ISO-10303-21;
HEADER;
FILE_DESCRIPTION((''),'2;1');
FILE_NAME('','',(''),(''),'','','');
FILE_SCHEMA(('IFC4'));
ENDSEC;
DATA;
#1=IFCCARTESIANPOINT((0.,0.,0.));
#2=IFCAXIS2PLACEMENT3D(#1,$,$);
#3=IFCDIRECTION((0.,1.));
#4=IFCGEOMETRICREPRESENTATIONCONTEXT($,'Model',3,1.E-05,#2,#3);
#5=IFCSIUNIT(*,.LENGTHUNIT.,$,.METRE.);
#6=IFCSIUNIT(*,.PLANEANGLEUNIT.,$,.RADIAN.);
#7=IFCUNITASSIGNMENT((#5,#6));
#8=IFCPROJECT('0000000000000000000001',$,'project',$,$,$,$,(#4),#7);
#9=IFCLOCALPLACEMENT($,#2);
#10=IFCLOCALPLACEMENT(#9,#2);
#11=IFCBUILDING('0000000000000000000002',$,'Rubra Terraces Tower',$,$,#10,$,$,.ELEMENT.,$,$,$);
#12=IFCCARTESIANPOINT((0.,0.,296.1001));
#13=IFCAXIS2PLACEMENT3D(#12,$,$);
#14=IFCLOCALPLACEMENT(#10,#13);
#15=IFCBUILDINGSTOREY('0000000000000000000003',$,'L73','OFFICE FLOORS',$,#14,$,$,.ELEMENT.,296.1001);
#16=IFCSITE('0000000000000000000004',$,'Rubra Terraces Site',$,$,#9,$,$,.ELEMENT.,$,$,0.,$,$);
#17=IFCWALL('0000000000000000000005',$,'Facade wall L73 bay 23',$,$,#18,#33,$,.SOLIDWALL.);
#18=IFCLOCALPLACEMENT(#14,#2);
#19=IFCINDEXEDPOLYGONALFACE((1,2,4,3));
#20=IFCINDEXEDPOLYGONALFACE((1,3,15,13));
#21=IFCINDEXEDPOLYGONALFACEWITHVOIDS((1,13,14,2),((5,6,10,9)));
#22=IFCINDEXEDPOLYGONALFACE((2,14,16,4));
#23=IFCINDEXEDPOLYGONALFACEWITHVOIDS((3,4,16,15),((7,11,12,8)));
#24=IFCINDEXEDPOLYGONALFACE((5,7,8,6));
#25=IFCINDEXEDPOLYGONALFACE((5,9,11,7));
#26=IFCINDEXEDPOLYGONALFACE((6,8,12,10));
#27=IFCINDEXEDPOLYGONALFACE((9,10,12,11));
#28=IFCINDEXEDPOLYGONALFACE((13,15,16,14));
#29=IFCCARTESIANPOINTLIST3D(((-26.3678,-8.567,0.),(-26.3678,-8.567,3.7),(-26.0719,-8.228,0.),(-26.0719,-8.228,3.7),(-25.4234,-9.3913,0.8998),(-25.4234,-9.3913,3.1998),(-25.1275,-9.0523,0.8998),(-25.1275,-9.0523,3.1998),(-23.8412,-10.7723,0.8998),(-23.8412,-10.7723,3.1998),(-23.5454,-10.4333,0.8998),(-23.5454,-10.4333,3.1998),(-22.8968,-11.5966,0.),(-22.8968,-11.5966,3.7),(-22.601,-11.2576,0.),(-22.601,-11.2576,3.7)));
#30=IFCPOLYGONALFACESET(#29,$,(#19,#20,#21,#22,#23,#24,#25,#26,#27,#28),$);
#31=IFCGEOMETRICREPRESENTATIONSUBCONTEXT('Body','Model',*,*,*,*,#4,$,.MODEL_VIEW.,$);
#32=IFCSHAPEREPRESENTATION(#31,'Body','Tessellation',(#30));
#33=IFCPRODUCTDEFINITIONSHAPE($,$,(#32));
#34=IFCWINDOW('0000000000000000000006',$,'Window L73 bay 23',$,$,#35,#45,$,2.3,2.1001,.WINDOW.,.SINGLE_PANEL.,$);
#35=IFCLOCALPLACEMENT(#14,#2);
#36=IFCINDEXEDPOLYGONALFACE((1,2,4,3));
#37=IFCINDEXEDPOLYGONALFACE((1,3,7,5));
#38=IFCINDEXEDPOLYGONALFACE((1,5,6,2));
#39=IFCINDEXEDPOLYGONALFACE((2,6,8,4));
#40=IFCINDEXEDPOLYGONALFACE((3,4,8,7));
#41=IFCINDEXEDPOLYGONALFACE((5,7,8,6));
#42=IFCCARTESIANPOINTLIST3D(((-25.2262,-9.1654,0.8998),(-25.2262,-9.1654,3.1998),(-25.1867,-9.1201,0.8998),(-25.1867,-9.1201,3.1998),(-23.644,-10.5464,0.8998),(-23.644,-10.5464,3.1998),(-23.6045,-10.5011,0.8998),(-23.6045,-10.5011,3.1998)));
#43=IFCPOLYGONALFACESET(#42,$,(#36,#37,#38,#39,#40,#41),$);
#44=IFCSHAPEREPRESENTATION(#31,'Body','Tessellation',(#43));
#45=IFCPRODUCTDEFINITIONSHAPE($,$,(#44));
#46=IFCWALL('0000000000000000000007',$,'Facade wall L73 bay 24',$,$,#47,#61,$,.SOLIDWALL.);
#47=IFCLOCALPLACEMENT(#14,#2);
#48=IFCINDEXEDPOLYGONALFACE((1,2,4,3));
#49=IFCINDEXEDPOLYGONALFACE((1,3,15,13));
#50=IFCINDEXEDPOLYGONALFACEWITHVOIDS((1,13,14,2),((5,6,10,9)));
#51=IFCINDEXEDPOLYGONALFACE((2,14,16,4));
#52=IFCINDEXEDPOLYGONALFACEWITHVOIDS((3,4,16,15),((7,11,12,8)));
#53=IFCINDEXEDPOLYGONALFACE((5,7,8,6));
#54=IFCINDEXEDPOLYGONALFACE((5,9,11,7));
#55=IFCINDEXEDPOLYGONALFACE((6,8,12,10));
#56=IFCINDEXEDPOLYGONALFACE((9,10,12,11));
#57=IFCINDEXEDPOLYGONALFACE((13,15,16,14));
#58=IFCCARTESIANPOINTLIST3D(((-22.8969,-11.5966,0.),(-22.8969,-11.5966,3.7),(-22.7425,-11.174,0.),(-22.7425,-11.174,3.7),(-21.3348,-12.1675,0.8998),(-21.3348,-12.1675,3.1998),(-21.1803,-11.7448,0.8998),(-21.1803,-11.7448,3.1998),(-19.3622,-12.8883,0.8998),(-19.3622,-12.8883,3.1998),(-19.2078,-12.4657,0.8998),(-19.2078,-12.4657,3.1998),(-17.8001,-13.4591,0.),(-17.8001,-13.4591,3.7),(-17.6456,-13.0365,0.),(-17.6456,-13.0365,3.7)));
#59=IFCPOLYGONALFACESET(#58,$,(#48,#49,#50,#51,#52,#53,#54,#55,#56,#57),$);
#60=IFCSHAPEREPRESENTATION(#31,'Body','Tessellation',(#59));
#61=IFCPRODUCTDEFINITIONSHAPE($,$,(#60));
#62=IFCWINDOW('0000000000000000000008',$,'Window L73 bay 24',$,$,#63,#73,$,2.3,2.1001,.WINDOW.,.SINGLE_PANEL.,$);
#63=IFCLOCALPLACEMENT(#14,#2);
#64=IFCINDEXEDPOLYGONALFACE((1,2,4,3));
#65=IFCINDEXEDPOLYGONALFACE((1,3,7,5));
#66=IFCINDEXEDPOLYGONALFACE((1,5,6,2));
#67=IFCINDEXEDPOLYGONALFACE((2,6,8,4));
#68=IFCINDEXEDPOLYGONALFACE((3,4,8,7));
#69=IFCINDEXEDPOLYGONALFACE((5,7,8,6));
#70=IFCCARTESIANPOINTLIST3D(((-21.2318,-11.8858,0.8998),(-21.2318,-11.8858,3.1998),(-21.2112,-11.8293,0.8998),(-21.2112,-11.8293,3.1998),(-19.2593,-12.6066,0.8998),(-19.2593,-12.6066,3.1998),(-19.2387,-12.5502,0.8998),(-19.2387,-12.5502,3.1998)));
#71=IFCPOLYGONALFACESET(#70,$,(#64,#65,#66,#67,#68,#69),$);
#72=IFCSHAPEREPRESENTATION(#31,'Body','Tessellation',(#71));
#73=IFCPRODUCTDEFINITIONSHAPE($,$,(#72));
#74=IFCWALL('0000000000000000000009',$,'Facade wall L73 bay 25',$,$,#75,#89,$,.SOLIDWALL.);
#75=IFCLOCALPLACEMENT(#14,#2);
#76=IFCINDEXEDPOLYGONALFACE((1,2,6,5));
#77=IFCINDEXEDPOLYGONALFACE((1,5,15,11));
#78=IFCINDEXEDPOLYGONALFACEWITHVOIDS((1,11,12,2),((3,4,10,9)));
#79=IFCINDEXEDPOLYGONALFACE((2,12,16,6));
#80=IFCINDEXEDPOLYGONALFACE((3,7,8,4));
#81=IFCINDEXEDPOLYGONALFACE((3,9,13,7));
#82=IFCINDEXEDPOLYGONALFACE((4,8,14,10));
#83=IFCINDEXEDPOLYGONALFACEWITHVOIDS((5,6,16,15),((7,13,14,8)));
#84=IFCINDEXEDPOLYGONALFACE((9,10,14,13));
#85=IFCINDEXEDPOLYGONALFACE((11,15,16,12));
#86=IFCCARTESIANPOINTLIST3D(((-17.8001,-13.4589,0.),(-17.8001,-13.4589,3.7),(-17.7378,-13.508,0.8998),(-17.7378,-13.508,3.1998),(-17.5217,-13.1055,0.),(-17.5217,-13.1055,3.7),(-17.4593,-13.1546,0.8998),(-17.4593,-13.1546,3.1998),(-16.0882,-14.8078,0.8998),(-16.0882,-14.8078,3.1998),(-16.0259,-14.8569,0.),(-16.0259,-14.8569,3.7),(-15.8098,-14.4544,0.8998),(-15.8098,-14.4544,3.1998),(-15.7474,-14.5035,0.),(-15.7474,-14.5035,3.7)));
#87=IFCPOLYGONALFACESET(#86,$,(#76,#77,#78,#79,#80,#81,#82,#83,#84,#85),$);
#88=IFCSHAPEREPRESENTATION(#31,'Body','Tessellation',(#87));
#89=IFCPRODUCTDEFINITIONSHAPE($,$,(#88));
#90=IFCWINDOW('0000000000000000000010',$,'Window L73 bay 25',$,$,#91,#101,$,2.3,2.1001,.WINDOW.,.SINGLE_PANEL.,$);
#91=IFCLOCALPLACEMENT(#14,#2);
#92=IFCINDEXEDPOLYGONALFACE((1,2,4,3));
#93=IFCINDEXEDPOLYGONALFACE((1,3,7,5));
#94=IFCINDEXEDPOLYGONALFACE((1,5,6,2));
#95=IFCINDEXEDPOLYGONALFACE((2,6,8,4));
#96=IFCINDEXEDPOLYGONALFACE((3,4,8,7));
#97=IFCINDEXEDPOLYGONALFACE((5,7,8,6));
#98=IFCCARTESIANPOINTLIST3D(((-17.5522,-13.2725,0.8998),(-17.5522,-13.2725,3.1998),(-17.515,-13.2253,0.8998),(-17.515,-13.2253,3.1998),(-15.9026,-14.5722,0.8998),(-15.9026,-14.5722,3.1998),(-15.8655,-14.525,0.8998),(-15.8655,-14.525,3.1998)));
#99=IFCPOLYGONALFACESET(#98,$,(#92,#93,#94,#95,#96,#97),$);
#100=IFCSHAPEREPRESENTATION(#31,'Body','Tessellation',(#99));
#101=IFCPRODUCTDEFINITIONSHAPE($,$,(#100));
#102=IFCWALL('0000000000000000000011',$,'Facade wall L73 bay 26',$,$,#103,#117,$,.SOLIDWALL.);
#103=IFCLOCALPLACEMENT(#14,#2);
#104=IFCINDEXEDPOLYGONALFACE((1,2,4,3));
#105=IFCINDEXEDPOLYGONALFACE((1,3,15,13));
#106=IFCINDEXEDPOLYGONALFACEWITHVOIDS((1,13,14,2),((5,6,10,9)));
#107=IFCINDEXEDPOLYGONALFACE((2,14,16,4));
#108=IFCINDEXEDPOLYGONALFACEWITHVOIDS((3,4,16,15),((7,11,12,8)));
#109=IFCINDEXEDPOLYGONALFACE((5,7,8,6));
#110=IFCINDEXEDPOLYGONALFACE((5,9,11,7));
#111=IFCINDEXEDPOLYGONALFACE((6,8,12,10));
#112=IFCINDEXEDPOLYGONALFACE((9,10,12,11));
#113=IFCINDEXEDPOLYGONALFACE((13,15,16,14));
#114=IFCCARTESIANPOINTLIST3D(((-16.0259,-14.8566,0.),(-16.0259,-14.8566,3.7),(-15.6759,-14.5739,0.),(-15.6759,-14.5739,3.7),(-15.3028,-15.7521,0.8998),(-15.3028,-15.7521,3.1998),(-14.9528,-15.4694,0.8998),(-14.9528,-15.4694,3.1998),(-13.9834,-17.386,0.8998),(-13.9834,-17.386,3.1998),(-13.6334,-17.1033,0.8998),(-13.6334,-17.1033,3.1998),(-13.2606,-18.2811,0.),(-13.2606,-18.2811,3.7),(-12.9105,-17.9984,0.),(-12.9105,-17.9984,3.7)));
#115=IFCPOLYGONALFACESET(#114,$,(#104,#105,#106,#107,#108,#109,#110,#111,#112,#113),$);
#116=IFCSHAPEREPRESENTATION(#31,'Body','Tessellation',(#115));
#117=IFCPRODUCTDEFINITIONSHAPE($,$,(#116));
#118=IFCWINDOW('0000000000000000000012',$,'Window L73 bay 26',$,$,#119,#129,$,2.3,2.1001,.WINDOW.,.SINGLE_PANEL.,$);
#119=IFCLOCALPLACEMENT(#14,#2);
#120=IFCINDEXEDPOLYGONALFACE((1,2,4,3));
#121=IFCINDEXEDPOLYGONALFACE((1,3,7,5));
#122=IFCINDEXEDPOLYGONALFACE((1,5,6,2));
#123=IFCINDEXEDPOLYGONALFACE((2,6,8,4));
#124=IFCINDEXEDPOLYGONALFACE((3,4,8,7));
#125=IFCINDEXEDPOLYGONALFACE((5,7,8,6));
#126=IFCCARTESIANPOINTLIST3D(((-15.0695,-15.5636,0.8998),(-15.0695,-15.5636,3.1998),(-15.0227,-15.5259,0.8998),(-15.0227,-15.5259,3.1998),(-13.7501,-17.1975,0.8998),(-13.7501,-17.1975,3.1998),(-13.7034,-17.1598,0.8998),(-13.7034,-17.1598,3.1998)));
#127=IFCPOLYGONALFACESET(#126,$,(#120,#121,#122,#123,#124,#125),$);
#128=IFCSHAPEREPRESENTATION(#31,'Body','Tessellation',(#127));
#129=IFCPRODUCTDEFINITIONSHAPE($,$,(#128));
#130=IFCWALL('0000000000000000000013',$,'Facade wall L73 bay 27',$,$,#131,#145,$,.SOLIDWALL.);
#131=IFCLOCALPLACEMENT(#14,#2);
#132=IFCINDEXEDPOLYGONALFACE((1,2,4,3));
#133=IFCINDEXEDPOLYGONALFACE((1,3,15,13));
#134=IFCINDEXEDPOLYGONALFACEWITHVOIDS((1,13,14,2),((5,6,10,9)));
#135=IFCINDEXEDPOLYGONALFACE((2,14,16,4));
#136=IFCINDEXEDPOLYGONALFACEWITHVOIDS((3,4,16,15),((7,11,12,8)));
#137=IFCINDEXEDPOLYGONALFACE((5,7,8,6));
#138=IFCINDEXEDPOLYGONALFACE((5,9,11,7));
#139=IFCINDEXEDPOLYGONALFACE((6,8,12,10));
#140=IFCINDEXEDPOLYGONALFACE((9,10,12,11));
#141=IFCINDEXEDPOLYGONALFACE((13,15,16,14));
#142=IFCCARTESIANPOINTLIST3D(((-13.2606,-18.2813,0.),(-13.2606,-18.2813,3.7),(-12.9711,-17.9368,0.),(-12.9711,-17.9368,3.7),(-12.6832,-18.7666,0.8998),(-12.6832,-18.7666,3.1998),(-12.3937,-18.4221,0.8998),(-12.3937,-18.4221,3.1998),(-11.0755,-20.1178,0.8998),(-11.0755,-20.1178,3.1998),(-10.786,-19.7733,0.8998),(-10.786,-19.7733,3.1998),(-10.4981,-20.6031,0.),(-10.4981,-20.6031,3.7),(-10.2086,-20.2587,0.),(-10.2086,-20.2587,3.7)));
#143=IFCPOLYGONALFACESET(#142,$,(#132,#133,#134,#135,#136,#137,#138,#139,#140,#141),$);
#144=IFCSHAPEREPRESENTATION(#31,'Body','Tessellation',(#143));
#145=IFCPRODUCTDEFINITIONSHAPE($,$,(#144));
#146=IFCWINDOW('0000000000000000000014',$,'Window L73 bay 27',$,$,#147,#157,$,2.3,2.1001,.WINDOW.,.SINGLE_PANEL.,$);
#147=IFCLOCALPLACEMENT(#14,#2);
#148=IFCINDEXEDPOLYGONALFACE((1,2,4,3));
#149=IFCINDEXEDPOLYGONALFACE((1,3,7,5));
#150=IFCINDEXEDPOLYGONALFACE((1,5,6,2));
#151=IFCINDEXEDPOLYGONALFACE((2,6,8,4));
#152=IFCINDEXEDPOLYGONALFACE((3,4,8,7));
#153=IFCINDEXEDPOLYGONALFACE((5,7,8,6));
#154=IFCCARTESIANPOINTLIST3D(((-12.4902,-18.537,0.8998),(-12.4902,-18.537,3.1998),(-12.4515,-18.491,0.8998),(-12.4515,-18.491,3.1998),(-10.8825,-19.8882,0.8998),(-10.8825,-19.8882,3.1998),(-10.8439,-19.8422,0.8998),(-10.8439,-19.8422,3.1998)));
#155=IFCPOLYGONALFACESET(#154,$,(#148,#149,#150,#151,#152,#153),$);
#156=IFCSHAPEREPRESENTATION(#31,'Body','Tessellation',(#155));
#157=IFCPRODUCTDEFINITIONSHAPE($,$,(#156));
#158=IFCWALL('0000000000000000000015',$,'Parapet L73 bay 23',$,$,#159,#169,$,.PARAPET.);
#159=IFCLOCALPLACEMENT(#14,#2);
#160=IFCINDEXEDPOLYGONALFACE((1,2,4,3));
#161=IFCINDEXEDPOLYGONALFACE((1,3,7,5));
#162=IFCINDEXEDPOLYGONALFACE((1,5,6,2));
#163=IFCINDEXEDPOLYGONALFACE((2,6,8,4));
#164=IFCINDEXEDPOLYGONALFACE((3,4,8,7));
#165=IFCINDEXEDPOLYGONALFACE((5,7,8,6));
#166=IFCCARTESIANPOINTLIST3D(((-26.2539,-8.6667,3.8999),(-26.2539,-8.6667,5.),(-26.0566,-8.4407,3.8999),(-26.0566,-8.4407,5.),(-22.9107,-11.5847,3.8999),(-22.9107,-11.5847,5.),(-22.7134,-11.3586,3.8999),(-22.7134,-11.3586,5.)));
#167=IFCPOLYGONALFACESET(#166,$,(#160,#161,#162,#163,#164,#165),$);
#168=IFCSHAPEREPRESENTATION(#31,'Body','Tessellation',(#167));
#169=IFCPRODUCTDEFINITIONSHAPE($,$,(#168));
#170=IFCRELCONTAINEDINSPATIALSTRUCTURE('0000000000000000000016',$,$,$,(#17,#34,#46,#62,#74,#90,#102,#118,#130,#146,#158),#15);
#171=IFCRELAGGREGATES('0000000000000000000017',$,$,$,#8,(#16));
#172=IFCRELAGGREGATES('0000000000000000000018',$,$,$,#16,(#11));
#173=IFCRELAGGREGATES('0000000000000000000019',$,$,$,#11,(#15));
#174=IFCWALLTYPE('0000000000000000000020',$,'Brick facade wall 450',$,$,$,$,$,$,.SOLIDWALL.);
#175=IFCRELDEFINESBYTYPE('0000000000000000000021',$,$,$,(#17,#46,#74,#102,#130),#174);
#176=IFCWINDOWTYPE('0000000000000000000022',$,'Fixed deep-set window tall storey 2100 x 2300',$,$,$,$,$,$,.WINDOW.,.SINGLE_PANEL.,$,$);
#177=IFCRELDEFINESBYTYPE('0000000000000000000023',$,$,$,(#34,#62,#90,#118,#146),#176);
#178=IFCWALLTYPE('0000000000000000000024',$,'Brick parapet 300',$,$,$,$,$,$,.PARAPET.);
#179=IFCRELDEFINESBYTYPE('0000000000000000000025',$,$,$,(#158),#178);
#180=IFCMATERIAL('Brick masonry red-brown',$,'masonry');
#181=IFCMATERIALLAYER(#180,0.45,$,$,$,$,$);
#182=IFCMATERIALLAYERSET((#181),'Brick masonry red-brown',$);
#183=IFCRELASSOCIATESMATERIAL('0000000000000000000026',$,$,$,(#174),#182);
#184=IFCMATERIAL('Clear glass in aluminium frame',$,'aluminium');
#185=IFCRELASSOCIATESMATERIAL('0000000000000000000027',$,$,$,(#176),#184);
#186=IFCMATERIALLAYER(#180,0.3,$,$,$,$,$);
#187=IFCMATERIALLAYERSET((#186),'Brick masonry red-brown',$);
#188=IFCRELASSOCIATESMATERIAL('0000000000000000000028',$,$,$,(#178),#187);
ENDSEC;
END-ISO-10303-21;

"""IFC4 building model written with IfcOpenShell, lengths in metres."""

from ifc_helpers import new_model, si_unit, direction, frame, frame_2d, origin, place, context, subcontext, project, spatial, rectangle, extrude, material, layer, layer_set, type_object, element, fill, save


model = new_model("IFC4")

# Units and contexts
model_context = context("Model", 3, precision=1e-05, world=origin(), true_north=direction((0.0, 1.0)))
body_context = subcontext(model_context, "Body", "Model", "MODEL_VIEW")
ifc_project = project(units=[si_unit("LENGTHUNIT", "METRE"), si_unit("PLANEANGLEUNIT", "RADIAN")], contexts=[model_context])

# Site, building, storey
site_placement = place(None, origin())
site = spatial("IfcSite", under=ifc_project, at=site_placement, Name="Rubra Terraces Site", CompositionType="ELEMENT", RefElevation=0.0)
building_placement = place(site_placement, origin())
building = spatial("IfcBuilding", under=site, at=building_placement, Name="Rubra Terraces Tower", CompositionType="ELEMENT")
storey_placement = place(building_placement, frame((0.0, 0.0, 296.1001)))
storey = spatial("IfcBuildingStorey", under=building, at=storey_placement, Name="L73", Description="OFFICE FLOORS", CompositionType="ELEMENT", Elevation=296.1001)

# Walls, openings, windows
ifc_material_1 = material(Name="Brick masonry red-brown", Category="masonry")
ifc_layer_1 = layer(ifc_material_1, 0.45)
ifc_layer_set_1 = layer_set([ifc_layer_1], Name="Brick masonry red-brown")
wall_type_1 = type_object("IfcWallType", Name="Brick facade wall 450", PredefinedType="SOLIDWALL", material=ifc_layer_set_1)
wall_1_placement = place(storey_placement, frame((-26.22, -8.3975, 0.0), z_axis=(0.0, 0.0, 1.0), x_axis=(0.753387, -0.657577, 0.0)))
wall_1 = element("IfcWall", 1, at=wall_1_placement, inside=storey, type_object=wall_type_1, Name="Facade wall L73 bay 23", PredefinedType="SOLIDWALL", context=body_context, shape_type="SweptSolid", body=[
    extrude(rectangle(XDim=4.6072, YDim=0.45, at=frame_2d((2.3037, 0.0))), origin(), (0.0, 0.0, 1.0), 3.7),
])
opening_1_placement = place(wall_1_placement, frame((1.2537, 0.0, 0.8999)))
opening_1 = element("IfcOpeningElement", 2, at=opening_1_placement, cuts=wall_1, PredefinedType="OPENING", context=body_context, shape_type="SweptSolid", body=[
    extrude(rectangle(XDim=2.1001, YDim=2.3, at=frame_2d((1.05, 1.1499))), frame((0.0, 0.2349, 0.0), z_axis=(0.0, -1.0, 0.0), x_axis=(1.0, 0.0, 0.0)), (0.0, 0.0, 1.0), 0.47),
])
ifc_material_2 = material(Name="Clear glass in aluminium frame", Category="aluminium")
window_type = type_object("IfcWindowType", Name="Fixed deep-set window tall storey 2100 x 2300", PartitioningType="SINGLE_PANEL", PredefinedType="WINDOW", material=ifc_material_2)
window_1_placement = place(opening_1_placement, origin())
window_1 = element("IfcWindow", 3, at=window_1_placement, inside=storey, type_object=window_type, Name="Window L73 bay 23", OverallHeight=2.3, OverallWidth=2.1001, PartitioningType="SINGLE_PANEL", PredefinedType="WINDOW", context=body_context, shape_type="SweptSolid", body=[
    extrude(rectangle(XDim=2.1001, YDim=2.3, at=frame_2d((1.05, 1.1499))), frame((0.0, 0.135, 0.0), z_axis=(0.0, -1.0, 0.0), x_axis=(1.0, 0.0, 0.0)), (0.0, 0.0, 1.0), 0.0601),
])
fill(opening_1, window_1)
wall_2_placement = place(storey_placement, frame((-22.8198, -11.3853, 0.0), z_axis=(0.0, 0.0, 1.0), x_axis=(0.939252, -0.343227, 0.0)))
wall_2 = element("IfcWall", 4, at=wall_2_placement, inside=storey, type_object=wall_type_1, Name="Facade wall L73 bay 24", PredefinedType="SOLIDWALL", context=body_context, shape_type="SweptSolid", body=[
    extrude(rectangle(XDim=5.4265, YDim=0.45, at=frame_2d((2.7134, 0.0))), origin(), (0.0, 0.0, 1.0), 3.7),
])
opening_2_placement = place(wall_2_placement, frame((1.6633, 0.0, 0.8999)))
opening_2 = element("IfcOpeningElement", 5, at=opening_2_placement, cuts=wall_2, PredefinedType="OPENING", context=body_context, shape_type="SweptSolid", body=[
    extrude(rectangle(XDim=2.1001, YDim=2.3, at=frame_2d((1.05, 1.1499))), frame((0.0, 0.2349, 0.0), z_axis=(0.0, -1.0, 0.0), x_axis=(1.0, 0.0, 0.0)), (0.0, 0.0, 1.0), 0.47),
])
window_2_placement = place(opening_2_placement, origin())
window_2 = element("IfcWindow", 6, at=window_2_placement, inside=storey, type_object=window_type, Name="Window L73 bay 24", OverallHeight=2.3, OverallWidth=2.1001, PartitioningType="SINGLE_PANEL", PredefinedType="WINDOW", context=body_context, shape_type="SweptSolid", body=[
    extrude(rectangle(XDim=2.1001, YDim=2.3, at=frame_2d((1.05, 1.1499))), frame((0.0, 0.135, 0.0), z_axis=(0.0, -1.0, 0.0), x_axis=(1.0, 0.0, 0.0)), (0.0, 0.0, 1.0), 0.0601),
])
fill(opening_2, window_2)
wall_3_placement = place(storey_placement, frame((-17.6609, -13.2822, 0.0), z_axis=(0.0, 0.0, 1.0), x_axis=(0.785466, -0.618905, 0.0)))
wall_3 = element("IfcWall", 7, at=wall_3_placement, inside=storey, type_object=wall_type_1, Name="Facade wall L73 bay 25", PredefinedType="SOLIDWALL", context=body_context, shape_type="SweptSolid", body=[
    extrude(rectangle(XDim=2.2588, YDim=0.45, at=frame_2d((1.1294, 0.0))), origin(), (0.0, 0.0, 1.0), 3.7),
])
opening_3_placement = place(wall_3_placement, frame((0.0793, 0.0, 0.8999)))
opening_3 = element("IfcOpeningElement", 8, at=opening_3_placement, cuts=wall_3, PredefinedType="OPENING", context=body_context, shape_type="SweptSolid", body=[
    extrude(rectangle(XDim=2.1001, YDim=2.3, at=frame_2d((1.05, 1.1499))), frame((0.0, 0.2349, 0.0), z_axis=(0.0, -1.0, 0.0), x_axis=(1.0, 0.0, 0.0)), (0.0, 0.0, 1.0), 0.47),
])
window_3_placement = place(opening_3_placement, origin())
window_3 = element("IfcWindow", 9, at=window_3_placement, inside=storey, type_object=window_type, Name="Window L73 bay 25", OverallHeight=2.3, OverallWidth=2.1001, PartitioningType="SINGLE_PANEL", PredefinedType="WINDOW", context=body_context, shape_type="SweptSolid", body=[
    extrude(rectangle(XDim=2.1001, YDim=2.3, at=frame_2d((1.05, 1.1499))), frame((0.0, 0.135, 0.0), z_axis=(0.0, -1.0, 0.0), x_axis=(1.0, 0.0, 0.0)), (0.0, 0.0, 1.0), 0.0601),
])
fill(opening_3, window_3)
wall_4_placement = place(storey_placement, frame((-15.8508, -14.7153, 0.0), z_axis=(0.0, 0.0, 1.0), x_axis=(0.628253, -0.778009, 0.0)))
wall_4 = element("IfcWall", 10, at=wall_4_placement, inside=storey, type_object=wall_type_1, Name="Facade wall L73 bay 26", PredefinedType="SOLIDWALL", context=body_context, shape_type="SweptSolid", body=[
    extrude(rectangle(XDim=4.4016, YDim=0.45, at=frame_2d((2.2007, 0.0))), origin(), (0.0, 0.0, 1.0), 3.7),
])
opening_4_placement = place(wall_4_placement, frame((1.1509, 0.0, 0.8999)))
opening_4 = element("IfcOpeningElement", 11, at=opening_4_placement, cuts=wall_4, PredefinedType="OPENING", context=body_context, shape_type="SweptSolid", body=[
    extrude(rectangle(XDim=2.1001, YDim=2.3, at=frame_2d((1.05, 1.1499))), frame((0.0, 0.2349, 0.0), z_axis=(0.0, -1.0, 0.0), x_axis=(1.0, 0.0, 0.0)), (0.0, 0.0, 1.0), 0.47),
])
window_4_placement = place(opening_4_placement, origin())
window_4 = element("IfcWindow", 12, at=window_4_placement, inside=storey, type_object=window_type, Name="Window L73 bay 26", OverallHeight=2.3, OverallWidth=2.1001, PartitioningType="SINGLE_PANEL", PredefinedType="WINDOW", context=body_context, shape_type="SweptSolid", body=[
    extrude(rectangle(XDim=2.1001, YDim=2.3, at=frame_2d((1.05, 1.1499))), frame((0.0, 0.135, 0.0), z_axis=(0.0, -1.0, 0.0), x_axis=(1.0, 0.0, 0.0)), (0.0, 0.0, 1.0), 0.0601),
])
fill(opening_4, window_4)
wall_5_placement = place(storey_placement, frame((-13.1157, -18.1091, 0.0), z_axis=(0.0, 0.0, 1.0), x_axis=(0.765525, -0.643406, 0.0)))
wall_5 = element("IfcWall", 13, at=wall_5_placement, inside=storey, type_object=wall_type_1, Name="Facade wall L73 bay 27", PredefinedType="SOLIDWALL", context=body_context, shape_type="SweptSolid", body=[
    extrude(rectangle(XDim=3.6086, YDim=0.45, at=frame_2d((1.8042, 0.0))), origin(), (0.0, 0.0, 1.0), 3.7),
])
opening_5_placement = place(wall_5_placement, frame((0.7542, 0.0, 0.8999)))
opening_5 = element("IfcOpeningElement", 14, at=opening_5_placement, cuts=wall_5, PredefinedType="OPENING", context=body_context, shape_type="SweptSolid", body=[
    extrude(rectangle(XDim=2.1001, YDim=2.3, at=frame_2d((1.05, 1.1499))), frame((0.0, 0.2349, 0.0), z_axis=(0.0, -1.0, 0.0), x_axis=(1.0, 0.0, 0.0)), (0.0, 0.0, 1.0), 0.47),
])
window_5_placement = place(opening_5_placement, origin())
window_5 = element("IfcWindow", 15, at=window_5_placement, inside=storey, type_object=window_type, Name="Window L73 bay 27", OverallHeight=2.3, OverallWidth=2.1001, PartitioningType="SINGLE_PANEL", PredefinedType="WINDOW", context=body_context, shape_type="SweptSolid", body=[
    extrude(rectangle(XDim=2.1001, YDim=2.3, at=frame_2d((1.05, 1.1499))), frame((0.0, 0.135, 0.0), z_axis=(0.0, -1.0, 0.0), x_axis=(1.0, 0.0, 0.0)), (0.0, 0.0, 1.0), 0.0601),
])
fill(opening_5, window_5)

# Wall
ifc_layer_2 = layer(ifc_material_1, 0.3)
ifc_layer_set_2 = layer_set([ifc_layer_2], Name="Brick masonry red-brown")
wall_type_2 = type_object("IfcWallType", Name="Brick parapet 300", PredefinedType="PARAPET", material=ifc_layer_set_2)
wall_6_placement = place(storey_placement, frame((-26.1553, -8.5537, 3.8999), z_axis=(0.0, 0.0, 1.0), x_axis=(0.753401, -0.657562, 0.0)))
element("IfcWall", 16, at=wall_6_placement, inside=storey, type_object=wall_type_2, Name="Parapet L73 bay 23", PredefinedType="PARAPET", context=body_context, shape_type="SweptSolid", body=[
    extrude(rectangle(XDim=4.4375, YDim=0.3, at=frame_2d((2.2188, 0.0))), origin(), (0.0, 0.0, 1.0), 1.1001),
])

save(model, "model.ifc")
